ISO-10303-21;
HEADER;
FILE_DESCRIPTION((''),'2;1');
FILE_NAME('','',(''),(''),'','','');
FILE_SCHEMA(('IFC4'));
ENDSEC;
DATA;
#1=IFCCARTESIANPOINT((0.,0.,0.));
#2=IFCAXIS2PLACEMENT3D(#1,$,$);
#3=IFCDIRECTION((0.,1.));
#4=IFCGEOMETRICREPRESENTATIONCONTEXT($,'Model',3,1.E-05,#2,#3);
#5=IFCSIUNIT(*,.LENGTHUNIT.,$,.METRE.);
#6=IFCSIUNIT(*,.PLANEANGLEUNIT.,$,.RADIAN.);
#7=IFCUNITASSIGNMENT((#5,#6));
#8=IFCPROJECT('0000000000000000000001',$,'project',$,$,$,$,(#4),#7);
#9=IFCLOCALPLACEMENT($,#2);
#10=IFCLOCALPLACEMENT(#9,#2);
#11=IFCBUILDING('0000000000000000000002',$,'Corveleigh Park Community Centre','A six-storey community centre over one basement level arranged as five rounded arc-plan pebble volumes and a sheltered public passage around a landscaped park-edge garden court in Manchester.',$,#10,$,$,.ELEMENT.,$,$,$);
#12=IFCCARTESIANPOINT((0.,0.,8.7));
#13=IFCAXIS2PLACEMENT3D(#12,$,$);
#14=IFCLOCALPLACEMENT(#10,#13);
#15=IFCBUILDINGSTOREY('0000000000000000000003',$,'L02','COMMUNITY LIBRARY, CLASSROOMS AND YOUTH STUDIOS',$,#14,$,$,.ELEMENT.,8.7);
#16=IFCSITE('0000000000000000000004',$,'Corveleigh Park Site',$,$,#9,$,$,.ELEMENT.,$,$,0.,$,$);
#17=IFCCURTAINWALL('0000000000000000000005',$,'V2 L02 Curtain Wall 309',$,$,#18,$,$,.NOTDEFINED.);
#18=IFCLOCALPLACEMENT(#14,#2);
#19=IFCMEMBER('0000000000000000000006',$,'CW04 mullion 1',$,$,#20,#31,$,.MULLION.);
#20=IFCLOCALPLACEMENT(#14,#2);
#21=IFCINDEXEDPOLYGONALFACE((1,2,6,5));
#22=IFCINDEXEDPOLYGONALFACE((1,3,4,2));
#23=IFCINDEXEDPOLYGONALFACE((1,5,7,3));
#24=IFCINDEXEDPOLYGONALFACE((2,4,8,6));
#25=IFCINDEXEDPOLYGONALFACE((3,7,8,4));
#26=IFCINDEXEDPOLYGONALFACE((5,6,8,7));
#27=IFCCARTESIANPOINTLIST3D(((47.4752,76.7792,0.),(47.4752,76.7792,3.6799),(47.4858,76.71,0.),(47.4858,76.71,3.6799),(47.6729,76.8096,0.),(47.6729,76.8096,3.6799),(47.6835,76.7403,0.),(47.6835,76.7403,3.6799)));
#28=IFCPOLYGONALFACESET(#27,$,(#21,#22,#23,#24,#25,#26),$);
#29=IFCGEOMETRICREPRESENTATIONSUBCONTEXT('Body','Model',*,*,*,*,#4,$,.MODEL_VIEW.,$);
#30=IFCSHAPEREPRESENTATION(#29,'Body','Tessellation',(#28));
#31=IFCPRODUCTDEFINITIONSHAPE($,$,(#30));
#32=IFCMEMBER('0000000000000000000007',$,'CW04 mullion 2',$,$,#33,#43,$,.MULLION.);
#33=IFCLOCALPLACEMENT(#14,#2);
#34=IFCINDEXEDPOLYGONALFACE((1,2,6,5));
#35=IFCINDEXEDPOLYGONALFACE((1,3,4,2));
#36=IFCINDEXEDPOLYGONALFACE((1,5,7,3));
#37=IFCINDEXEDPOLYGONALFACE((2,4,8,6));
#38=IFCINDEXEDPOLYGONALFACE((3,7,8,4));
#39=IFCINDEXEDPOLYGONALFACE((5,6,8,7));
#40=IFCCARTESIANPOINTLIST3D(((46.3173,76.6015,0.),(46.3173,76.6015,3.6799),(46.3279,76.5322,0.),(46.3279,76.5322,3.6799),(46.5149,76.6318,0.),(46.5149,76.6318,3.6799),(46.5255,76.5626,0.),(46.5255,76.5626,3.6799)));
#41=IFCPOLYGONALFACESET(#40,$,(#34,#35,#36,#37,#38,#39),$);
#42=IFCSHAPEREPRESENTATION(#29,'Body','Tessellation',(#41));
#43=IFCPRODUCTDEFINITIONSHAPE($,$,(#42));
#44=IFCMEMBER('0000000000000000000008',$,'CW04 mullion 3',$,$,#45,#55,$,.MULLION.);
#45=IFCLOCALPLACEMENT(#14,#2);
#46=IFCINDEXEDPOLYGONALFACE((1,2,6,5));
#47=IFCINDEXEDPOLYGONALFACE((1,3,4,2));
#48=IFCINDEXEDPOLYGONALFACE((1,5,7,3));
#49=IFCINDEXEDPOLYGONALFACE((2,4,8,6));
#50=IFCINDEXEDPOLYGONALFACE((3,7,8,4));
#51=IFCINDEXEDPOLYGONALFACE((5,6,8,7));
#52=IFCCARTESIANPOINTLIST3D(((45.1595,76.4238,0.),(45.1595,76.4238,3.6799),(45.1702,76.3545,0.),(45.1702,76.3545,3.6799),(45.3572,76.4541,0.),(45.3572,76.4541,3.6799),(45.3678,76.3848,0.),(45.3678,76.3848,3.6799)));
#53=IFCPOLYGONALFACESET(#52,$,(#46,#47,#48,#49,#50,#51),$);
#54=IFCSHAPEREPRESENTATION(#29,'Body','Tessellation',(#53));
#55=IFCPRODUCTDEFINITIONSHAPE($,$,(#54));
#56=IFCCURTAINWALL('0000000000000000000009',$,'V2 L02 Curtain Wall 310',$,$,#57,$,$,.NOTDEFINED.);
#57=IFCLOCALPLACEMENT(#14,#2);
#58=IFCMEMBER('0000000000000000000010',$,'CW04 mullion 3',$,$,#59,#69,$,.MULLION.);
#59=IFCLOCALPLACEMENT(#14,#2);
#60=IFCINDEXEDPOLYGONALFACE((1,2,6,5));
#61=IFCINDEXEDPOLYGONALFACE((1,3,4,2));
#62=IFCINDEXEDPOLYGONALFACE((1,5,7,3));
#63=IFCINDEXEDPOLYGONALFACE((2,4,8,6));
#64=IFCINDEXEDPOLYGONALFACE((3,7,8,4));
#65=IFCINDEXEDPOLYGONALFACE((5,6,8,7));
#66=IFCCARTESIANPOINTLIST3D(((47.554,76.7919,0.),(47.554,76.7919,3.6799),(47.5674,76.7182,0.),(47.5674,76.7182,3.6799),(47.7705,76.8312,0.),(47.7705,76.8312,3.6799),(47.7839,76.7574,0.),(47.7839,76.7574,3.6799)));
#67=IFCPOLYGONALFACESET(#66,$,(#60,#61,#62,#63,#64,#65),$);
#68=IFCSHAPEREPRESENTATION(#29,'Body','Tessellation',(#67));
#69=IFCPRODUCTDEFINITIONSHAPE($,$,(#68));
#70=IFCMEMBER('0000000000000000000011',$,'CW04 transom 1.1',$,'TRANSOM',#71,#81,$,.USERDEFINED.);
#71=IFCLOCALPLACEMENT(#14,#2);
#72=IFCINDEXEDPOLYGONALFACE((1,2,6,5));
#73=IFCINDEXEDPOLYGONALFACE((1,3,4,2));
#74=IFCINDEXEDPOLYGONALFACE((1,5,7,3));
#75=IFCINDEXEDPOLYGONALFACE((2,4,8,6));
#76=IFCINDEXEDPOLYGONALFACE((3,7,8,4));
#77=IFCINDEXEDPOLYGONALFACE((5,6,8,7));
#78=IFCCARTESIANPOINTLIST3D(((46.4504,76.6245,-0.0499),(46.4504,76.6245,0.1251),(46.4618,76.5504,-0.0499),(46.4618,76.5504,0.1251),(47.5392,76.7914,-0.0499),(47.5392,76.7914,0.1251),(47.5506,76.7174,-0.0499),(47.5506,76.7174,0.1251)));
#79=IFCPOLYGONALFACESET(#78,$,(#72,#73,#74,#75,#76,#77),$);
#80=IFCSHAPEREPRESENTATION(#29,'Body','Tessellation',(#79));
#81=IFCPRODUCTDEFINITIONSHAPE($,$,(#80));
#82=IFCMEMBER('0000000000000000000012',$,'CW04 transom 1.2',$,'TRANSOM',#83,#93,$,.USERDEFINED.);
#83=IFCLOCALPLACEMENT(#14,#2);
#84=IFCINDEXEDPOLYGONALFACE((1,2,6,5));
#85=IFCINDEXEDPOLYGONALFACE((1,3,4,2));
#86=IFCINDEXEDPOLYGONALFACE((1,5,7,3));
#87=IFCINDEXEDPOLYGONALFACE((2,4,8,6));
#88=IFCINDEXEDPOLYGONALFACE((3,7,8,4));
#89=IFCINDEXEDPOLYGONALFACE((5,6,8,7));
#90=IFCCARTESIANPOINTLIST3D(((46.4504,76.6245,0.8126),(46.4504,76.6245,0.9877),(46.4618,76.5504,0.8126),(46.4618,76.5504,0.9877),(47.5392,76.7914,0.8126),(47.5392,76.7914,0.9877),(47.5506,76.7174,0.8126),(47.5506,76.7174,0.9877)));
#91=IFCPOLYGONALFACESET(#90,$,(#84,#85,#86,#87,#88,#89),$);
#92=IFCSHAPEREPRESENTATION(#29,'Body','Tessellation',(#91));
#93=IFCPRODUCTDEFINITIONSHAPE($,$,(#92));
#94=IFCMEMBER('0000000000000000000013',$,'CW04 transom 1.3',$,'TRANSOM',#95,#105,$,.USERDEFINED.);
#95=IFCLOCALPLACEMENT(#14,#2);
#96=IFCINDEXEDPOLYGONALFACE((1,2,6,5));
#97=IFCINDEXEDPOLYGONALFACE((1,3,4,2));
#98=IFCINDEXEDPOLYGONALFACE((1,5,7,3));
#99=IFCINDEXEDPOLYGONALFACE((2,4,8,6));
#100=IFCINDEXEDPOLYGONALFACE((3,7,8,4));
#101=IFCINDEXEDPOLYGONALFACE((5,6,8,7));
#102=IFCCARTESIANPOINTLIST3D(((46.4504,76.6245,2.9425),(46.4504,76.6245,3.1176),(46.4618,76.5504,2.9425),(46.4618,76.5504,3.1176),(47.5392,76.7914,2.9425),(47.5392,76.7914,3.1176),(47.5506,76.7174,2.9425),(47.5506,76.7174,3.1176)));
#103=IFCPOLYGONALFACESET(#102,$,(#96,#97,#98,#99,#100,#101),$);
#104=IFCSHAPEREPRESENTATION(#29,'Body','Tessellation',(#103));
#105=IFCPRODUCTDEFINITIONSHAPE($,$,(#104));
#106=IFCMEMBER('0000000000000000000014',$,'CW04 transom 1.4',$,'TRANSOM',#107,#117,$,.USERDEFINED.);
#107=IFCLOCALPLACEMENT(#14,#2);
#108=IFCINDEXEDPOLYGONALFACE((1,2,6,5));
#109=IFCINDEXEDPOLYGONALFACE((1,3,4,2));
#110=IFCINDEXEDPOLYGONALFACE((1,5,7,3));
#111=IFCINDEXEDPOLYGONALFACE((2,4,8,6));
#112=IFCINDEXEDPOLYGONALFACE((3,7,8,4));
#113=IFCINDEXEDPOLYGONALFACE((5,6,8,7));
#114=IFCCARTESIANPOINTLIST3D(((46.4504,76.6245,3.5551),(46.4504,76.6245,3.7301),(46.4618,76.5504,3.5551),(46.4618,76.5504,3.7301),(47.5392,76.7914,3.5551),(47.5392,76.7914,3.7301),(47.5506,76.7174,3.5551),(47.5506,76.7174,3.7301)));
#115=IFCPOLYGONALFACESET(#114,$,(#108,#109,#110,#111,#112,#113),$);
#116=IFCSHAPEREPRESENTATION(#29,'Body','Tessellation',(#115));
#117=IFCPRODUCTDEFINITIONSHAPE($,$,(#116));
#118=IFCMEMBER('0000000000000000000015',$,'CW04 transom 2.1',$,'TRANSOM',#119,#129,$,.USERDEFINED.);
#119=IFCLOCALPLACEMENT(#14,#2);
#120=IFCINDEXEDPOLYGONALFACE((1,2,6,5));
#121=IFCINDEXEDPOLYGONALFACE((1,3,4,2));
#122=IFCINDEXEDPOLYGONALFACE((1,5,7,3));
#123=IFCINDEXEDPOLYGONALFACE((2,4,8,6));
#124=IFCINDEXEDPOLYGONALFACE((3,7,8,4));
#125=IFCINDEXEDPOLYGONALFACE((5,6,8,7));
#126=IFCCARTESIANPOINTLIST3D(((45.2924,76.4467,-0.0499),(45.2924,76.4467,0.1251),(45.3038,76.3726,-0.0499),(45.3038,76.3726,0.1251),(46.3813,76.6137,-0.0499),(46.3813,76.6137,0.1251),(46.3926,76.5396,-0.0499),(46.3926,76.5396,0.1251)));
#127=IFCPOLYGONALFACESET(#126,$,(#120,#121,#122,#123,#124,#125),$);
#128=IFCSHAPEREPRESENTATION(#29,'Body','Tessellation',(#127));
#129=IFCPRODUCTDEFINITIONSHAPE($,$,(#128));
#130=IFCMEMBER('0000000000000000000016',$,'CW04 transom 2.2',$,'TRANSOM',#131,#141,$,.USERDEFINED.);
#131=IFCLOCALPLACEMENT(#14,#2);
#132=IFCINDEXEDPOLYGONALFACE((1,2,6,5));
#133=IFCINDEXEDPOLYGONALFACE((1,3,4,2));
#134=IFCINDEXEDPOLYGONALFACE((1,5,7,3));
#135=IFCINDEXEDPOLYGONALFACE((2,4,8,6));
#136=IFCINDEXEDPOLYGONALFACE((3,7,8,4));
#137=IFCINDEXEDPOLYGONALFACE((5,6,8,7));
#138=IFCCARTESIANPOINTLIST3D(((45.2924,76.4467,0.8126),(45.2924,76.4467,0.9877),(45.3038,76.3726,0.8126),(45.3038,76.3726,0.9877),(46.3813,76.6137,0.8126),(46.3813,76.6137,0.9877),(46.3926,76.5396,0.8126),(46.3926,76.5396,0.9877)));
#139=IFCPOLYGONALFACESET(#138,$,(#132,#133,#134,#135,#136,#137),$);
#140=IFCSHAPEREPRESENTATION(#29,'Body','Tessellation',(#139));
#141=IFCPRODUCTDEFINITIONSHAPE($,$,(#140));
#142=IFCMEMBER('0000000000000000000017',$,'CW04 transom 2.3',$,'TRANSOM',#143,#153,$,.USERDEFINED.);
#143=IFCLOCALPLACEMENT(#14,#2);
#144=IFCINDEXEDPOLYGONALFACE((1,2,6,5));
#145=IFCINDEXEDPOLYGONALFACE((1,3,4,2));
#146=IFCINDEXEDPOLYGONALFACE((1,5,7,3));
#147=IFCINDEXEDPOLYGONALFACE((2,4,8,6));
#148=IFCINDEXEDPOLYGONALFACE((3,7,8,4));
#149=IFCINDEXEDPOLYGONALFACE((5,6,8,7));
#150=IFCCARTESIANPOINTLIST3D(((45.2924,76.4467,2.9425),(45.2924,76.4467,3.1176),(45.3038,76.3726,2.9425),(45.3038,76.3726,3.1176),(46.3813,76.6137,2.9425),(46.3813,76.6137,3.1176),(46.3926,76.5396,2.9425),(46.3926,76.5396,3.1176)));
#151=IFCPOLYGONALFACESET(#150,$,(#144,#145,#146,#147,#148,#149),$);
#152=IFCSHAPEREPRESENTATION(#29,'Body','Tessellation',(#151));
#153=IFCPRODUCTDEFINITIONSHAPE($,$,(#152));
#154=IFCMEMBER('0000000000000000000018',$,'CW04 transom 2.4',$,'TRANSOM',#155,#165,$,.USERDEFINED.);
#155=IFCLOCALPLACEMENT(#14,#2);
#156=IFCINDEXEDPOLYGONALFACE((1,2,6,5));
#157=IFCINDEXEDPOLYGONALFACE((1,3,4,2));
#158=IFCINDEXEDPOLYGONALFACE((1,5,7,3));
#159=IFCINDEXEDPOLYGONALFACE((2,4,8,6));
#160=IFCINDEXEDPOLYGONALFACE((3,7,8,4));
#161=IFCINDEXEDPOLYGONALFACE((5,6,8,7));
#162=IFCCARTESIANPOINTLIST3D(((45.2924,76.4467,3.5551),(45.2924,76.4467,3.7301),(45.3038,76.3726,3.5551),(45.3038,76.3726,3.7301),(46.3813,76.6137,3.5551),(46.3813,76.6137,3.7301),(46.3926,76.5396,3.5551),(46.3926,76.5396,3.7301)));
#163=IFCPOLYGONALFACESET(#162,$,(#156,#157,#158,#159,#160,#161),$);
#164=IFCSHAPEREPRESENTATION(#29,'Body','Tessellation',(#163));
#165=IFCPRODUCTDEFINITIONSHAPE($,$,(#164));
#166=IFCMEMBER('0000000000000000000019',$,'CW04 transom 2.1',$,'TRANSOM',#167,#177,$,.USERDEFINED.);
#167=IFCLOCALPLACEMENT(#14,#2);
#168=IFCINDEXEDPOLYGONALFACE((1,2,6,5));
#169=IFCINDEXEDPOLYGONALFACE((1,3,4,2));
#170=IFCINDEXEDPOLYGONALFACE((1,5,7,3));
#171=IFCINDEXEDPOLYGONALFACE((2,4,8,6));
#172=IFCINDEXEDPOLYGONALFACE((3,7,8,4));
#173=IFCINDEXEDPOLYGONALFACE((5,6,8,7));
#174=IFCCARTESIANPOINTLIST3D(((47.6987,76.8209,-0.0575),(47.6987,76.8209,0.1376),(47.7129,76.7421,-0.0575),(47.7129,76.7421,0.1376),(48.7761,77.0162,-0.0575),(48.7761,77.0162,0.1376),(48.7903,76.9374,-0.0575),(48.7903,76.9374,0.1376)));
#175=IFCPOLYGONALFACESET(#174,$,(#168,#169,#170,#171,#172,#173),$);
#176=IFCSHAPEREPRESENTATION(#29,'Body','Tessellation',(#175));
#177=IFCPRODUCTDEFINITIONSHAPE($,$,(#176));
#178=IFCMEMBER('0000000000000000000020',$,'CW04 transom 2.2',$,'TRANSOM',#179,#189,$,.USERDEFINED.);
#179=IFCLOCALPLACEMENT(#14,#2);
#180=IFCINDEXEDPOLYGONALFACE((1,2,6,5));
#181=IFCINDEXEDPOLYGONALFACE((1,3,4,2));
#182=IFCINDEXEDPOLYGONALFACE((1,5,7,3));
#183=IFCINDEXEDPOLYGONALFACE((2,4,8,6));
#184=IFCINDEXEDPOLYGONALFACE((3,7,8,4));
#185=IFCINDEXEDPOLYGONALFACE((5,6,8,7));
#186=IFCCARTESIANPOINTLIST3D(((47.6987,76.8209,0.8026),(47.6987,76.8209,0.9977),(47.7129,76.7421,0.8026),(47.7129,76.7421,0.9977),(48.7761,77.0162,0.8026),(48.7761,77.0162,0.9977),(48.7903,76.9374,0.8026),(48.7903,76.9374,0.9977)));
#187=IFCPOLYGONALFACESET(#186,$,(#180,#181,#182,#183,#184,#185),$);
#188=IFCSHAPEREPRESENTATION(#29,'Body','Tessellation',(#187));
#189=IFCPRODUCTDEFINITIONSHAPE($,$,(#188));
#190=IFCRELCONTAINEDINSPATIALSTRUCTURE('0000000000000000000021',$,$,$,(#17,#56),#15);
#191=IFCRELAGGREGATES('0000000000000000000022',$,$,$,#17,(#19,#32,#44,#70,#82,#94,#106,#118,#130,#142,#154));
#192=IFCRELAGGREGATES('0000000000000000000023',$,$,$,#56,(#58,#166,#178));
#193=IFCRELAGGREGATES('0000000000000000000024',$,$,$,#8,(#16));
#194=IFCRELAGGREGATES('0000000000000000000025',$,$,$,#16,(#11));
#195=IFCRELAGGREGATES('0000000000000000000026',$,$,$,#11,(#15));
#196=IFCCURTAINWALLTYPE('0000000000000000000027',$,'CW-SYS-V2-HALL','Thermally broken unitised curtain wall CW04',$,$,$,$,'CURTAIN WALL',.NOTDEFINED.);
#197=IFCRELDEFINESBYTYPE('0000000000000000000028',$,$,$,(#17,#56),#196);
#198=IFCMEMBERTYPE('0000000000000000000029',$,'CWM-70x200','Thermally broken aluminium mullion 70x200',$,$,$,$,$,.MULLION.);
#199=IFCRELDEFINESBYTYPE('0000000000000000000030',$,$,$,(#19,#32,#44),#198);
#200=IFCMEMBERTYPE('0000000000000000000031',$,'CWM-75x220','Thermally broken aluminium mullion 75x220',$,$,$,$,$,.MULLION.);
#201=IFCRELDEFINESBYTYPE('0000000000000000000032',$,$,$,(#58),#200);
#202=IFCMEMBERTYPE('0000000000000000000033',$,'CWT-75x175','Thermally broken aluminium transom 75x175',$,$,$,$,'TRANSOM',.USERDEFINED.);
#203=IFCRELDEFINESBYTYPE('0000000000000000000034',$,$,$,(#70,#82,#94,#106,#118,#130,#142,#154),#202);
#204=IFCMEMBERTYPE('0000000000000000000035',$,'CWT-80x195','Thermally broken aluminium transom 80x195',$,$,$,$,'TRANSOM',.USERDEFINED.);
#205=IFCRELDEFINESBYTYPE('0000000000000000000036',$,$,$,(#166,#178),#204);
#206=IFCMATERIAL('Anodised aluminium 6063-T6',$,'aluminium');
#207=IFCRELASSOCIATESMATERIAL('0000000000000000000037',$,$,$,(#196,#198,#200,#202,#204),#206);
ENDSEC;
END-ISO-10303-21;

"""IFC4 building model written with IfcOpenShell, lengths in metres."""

from ifc_helpers import new_model, si_unit, direction, frame, origin, origin_2d, place, context, subcontext, project, spatial, rectangle, extrude, material, material_profile, profile_set, type_object, element, aggregate, save


model = new_model("IFC4")

# Units and contexts
model_context = context("Model", 3, precision=1e-05, world=origin(), true_north=direction((0.0, 1.0)))
body_context = subcontext(model_context, "Body", "Model", "MODEL_VIEW")
ifc_project = project(units=[si_unit("LENGTHUNIT", "METRE"), si_unit("PLANEANGLEUNIT", "RADIAN")], contexts=[model_context])

# Site, building, storey
site_placement = place(None, origin())
site = spatial("IfcSite", under=ifc_project, at=site_placement, Name="Corveleigh Park Site", CompositionType="ELEMENT", RefElevation=0.0)
building_placement = place(site_placement, origin())
building = spatial("IfcBuilding", under=site, at=building_placement, Name="Corveleigh Park Community Centre", Description="A six-storey community centre over one basement level arranged as five rounded arc-plan pebble volumes and a sheltered public passage around a landscaped park-edge garden court in Manchester.", CompositionType="ELEMENT")
storey_placement = place(building_placement, frame((0.0, 0.0, 8.7)))
storey = spatial("IfcBuildingStorey", under=building, at=storey_placement, Name="L02", Description="COMMUNITY LIBRARY, CLASSROOMS AND YOUTH STUDIOS", CompositionType="ELEMENT", Elevation=8.7)

# Curtain wall, members
ifc_material_1 = material(Name="Anodised aluminium 6063-T6", Category="aluminium")
curtain_wall_type = type_object("IfcCurtainWallType", Name="CW-SYS-V2-HALL", Description="Thermally broken unitised curtain wall CW04", ElementType="CURTAIN WALL", PredefinedType="NOTDEFINED", material=ifc_material_1)
curtain_wall_1_placement = place(storey_placement, origin())
curtain_wall_1 = element("IfcCurtainWall", 1, at=curtain_wall_1_placement, inside=storey, type_object=curtain_wall_type, Name="V2 L02 Curtain Wall 309", PredefinedType="NOTDEFINED")
ifc_material_profile_1 = material_profile(ifc_material_1, rectangle(XDim=0.0701, YDim=0.2, at=origin_2d()), Name="ALU-M70x200", Category="aluminium")
ifc_profile_set_1 = profile_set([ifc_material_profile_1], Name="Anodised aluminium 6063-T6")
member_type_1 = type_object("IfcMemberType", Name="CWM-70x200", Description="Thermally broken aluminium mullion 70x200", PredefinedType="MULLION", material=ifc_profile_set_1)
member_1_placement = place(storey_placement, frame((47.5793, 76.7598, 0.0), z_axis=(0.0, 0.0, 1.0), x_axis=(0.151683, -0.988429, 0.0)))
member_1 = element("IfcMember", 2, at=member_1_placement, type_object=member_type_1, Name="CW04 mullion 1", PredefinedType="MULLION", context=body_context, shape_type="SweptSolid", body=[
    extrude(rectangle(XDim=0.0701, YDim=0.2, at=origin_2d()), origin(), (0.0, 0.0, 1.0), 3.6799),
])
member_2_placement = place(storey_placement, frame((46.4214, 76.582, 0.0), z_axis=(0.0, 0.0, 1.0), x_axis=(0.151683, -0.988429, 0.0)))
member_2 = element("IfcMember", 3, at=member_2_placement, type_object=member_type_1, Name="CW04 mullion 2", PredefinedType="MULLION", context=body_context, shape_type="SweptSolid", body=[
    extrude(rectangle(XDim=0.0701, YDim=0.2, at=origin_2d()), origin(), (0.0, 0.0, 1.0), 3.6799),
])
member_3_placement = place(storey_placement, frame((45.2637, 76.4043, 0.0), z_axis=(0.0, 0.0, 1.0), x_axis=(0.151683, -0.988429, 0.0)))
member_3 = element("IfcMember", 4, at=member_3_placement, type_object=member_type_1, Name="CW04 mullion 3", PredefinedType="MULLION", context=body_context, shape_type="SweptSolid", body=[
    extrude(rectangle(XDim=0.0701, YDim=0.2, at=origin_2d()), origin(), (0.0, 0.0, 1.0), 3.6799),
])

# Curtain wall, member
curtain_wall_2_placement = place(storey_placement, origin())
curtain_wall_2 = element("IfcCurtainWall", 5, at=curtain_wall_2_placement, inside=storey, type_object=curtain_wall_type, Name="V2 L02 Curtain Wall 310", PredefinedType="NOTDEFINED")
ifc_material_profile_2 = material_profile(ifc_material_1, rectangle(XDim=0.075, YDim=0.22, at=origin_2d()), Name="ALU-M75x220", Category="aluminium")
ifc_profile_set_2 = profile_set([ifc_material_profile_2], Name="Anodised aluminium 6063-T6")
member_type_2 = type_object("IfcMemberType", Name="CWM-75x220", Description="Thermally broken aluminium mullion 75x220", PredefinedType="MULLION", material=ifc_profile_set_2)
member_4_placement = place(storey_placement, frame((47.6689, 76.7747, 0.0), z_axis=(0.0, 0.0, 1.0), x_axis=(0.178485, -0.983943, 0.0)))
member_4 = element("IfcMember", 6, at=member_4_placement, type_object=member_type_2, Name="CW04 mullion 3", PredefinedType="MULLION", context=body_context, shape_type="SweptSolid", body=[
    extrude(rectangle(XDim=0.075, YDim=0.22, at=origin_2d()), origin(), (0.0, 0.0, 1.0), 3.6799),
])

# Members
ifc_material_profile_3 = material_profile(ifc_material_1, rectangle(XDim=0.075, YDim=0.175, at=origin_2d()), Name="ALU-T75x175", Category="aluminium")
ifc_profile_set_3 = profile_set([ifc_material_profile_3], Name="Anodised aluminium 6063-T6")
member_type_3 = type_object("IfcMemberType", Name="CWT-75x175", Description="Thermally broken aluminium transom 75x175", ElementType="TRANSOM", PredefinedType="USERDEFINED", material=ifc_profile_set_3)
member_5_placement = place(storey_placement, frame((47.5449, 76.7544, 0.0376), z_axis=(-0.988443, -0.151591, 0.0), x_axis=(0.151591, -0.988443, 0.0)))
member_5 = element("IfcMember", 7, at=member_5_placement, type_object=member_type_3, Name="CW04 transom 1.1", ObjectType="TRANSOM", PredefinedType="USERDEFINED", context=body_context, shape_type="SweptSolid", body=[
    extrude(rectangle(XDim=0.075, YDim=0.175, at=origin_2d()), origin(), (0.0, 0.0, 1.0), 1.1016),
])
member_6_placement = place(storey_placement, frame((47.5449, 76.7544, 0.9001), z_axis=(-0.988443, -0.151591, 0.0), x_axis=(0.151591, -0.988443, 0.0)))
member_6 = element("IfcMember", 8, at=member_6_placement, type_object=member_type_3, Name="CW04 transom 1.2", ObjectType="TRANSOM", PredefinedType="USERDEFINED", context=body_context, shape_type="SweptSolid", body=[
    extrude(rectangle(XDim=0.075, YDim=0.175, at=origin_2d()), origin(), (0.0, 0.0, 1.0), 1.1016),
])
member_7_placement = place(storey_placement, frame((47.5449, 76.7544, 3.03), z_axis=(-0.988443, -0.151591, 0.0), x_axis=(0.151591, -0.988443, 0.0)))
member_7 = element("IfcMember", 9, at=member_7_placement, type_object=member_type_3, Name="CW04 transom 1.3", ObjectType="TRANSOM", PredefinedType="USERDEFINED", context=body_context, shape_type="SweptSolid", body=[
    extrude(rectangle(XDim=0.075, YDim=0.175, at=origin_2d()), origin(), (0.0, 0.0, 1.0), 1.1016),
])
member_8_placement = place(storey_placement, frame((47.5449, 76.7544, 3.6426), z_axis=(-0.988443, -0.151591, 0.0), x_axis=(0.151591, -0.988443, 0.0)))
member_8 = element("IfcMember", 10, at=member_8_placement, type_object=member_type_3, Name="CW04 transom 1.4", ObjectType="TRANSOM", PredefinedType="USERDEFINED", context=body_context, shape_type="SweptSolid", body=[
    extrude(rectangle(XDim=0.075, YDim=0.175, at=origin_2d()), origin(), (0.0, 0.0, 1.0), 1.1016),
])
member_9_placement = place(storey_placement, frame((46.387, 76.5767, 0.0376), z_axis=(-0.988443, -0.151591, 0.0), x_axis=(0.151591, -0.988443, 0.0)))
member_9 = element("IfcMember", 11, at=member_9_placement, type_object=member_type_3, Name="CW04 transom 2.1", ObjectType="TRANSOM", PredefinedType="USERDEFINED", context=body_context, shape_type="SweptSolid", body=[
    extrude(rectangle(XDim=0.075, YDim=0.175, at=origin_2d()), origin(), (0.0, 0.0, 1.0), 1.1016),
])
member_10_placement = place(storey_placement, frame((46.387, 76.5767, 0.9001), z_axis=(-0.988443, -0.151591, 0.0), x_axis=(0.151591, -0.988443, 0.0)))
member_10 = element("IfcMember", 12, at=member_10_placement, type_object=member_type_3, Name="CW04 transom 2.2", ObjectType="TRANSOM", PredefinedType="USERDEFINED", context=body_context, shape_type="SweptSolid", body=[
    extrude(rectangle(XDim=0.075, YDim=0.175, at=origin_2d()), origin(), (0.0, 0.0, 1.0), 1.1016),
])
member_11_placement = place(storey_placement, frame((46.387, 76.5767, 3.03), z_axis=(-0.988443, -0.151591, 0.0), x_axis=(0.151591, -0.988443, 0.0)))
member_11 = element("IfcMember", 13, at=member_11_placement, type_object=member_type_3, Name="CW04 transom 2.3", ObjectType="TRANSOM", PredefinedType="USERDEFINED", context=body_context, shape_type="SweptSolid", body=[
    extrude(rectangle(XDim=0.075, YDim=0.175, at=origin_2d()), origin(), (0.0, 0.0, 1.0), 1.1016),
])
member_12_placement = place(storey_placement, frame((46.387, 76.5767, 3.6426), z_axis=(-0.988443, -0.151591, 0.0), x_axis=(0.151591, -0.988443, 0.0)))
member_12 = element("IfcMember", 14, at=member_12_placement, type_object=member_type_3, Name="CW04 transom 2.4", ObjectType="TRANSOM", PredefinedType="USERDEFINED", context=body_context, shape_type="SweptSolid", body=[
    extrude(rectangle(XDim=0.075, YDim=0.175, at=origin_2d()), origin(), (0.0, 0.0, 1.0), 1.1016),
])
ifc_material_profile_4 = material_profile(ifc_material_1, rectangle(XDim=0.0801, YDim=0.1951, at=origin_2d()), Name="ALU-T80x195", Category="aluminium")
ifc_profile_set_4 = profile_set([ifc_material_profile_4], Name="Anodised aluminium 6063-T6")
member_type_4 = type_object("IfcMemberType", Name="CWT-80x195", Description="Thermally broken aluminium transom 80x195", ElementType="TRANSOM", PredefinedType="USERDEFINED", material=ifc_profile_set_4)
member_13_placement = place(storey_placement, frame((48.7832, 76.9768, 0.04), z_axis=(-0.983963, -0.178375, 0.0), x_axis=(0.178375, -0.983963, 0.0)))
member_13 = element("IfcMember", 15, at=member_13_placement, type_object=member_type_4, Name="CW04 transom 2.1", ObjectType="TRANSOM", PredefinedType="USERDEFINED", context=body_context, shape_type="SweptSolid", body=[
    extrude(rectangle(XDim=0.0801, YDim=0.1951, at=origin_2d()), origin(), (0.0, 0.0, 1.0), 1.095),
])
member_14_placement = place(storey_placement, frame((48.7832, 76.9768, 0.9001), z_axis=(-0.983963, -0.178375, 0.0), x_axis=(0.178375, -0.983963, 0.0)))
member_14 = element("IfcMember", 16, at=member_14_placement, type_object=member_type_4, Name="CW04 transom 2.2", ObjectType="TRANSOM", PredefinedType="USERDEFINED", context=body_context, shape_type="SweptSolid", body=[
    extrude(rectangle(XDim=0.0801, YDim=0.1951, at=origin_2d()), origin(), (0.0, 0.0, 1.0), 1.095),
])

aggregate(curtain_wall_1, [member_1, member_2, member_3, member_5, member_6, member_7, member_8, member_9, member_10, member_11, member_12])
aggregate(curtain_wall_2, [member_4, member_13, member_14])

save(model, "model.ifc")
